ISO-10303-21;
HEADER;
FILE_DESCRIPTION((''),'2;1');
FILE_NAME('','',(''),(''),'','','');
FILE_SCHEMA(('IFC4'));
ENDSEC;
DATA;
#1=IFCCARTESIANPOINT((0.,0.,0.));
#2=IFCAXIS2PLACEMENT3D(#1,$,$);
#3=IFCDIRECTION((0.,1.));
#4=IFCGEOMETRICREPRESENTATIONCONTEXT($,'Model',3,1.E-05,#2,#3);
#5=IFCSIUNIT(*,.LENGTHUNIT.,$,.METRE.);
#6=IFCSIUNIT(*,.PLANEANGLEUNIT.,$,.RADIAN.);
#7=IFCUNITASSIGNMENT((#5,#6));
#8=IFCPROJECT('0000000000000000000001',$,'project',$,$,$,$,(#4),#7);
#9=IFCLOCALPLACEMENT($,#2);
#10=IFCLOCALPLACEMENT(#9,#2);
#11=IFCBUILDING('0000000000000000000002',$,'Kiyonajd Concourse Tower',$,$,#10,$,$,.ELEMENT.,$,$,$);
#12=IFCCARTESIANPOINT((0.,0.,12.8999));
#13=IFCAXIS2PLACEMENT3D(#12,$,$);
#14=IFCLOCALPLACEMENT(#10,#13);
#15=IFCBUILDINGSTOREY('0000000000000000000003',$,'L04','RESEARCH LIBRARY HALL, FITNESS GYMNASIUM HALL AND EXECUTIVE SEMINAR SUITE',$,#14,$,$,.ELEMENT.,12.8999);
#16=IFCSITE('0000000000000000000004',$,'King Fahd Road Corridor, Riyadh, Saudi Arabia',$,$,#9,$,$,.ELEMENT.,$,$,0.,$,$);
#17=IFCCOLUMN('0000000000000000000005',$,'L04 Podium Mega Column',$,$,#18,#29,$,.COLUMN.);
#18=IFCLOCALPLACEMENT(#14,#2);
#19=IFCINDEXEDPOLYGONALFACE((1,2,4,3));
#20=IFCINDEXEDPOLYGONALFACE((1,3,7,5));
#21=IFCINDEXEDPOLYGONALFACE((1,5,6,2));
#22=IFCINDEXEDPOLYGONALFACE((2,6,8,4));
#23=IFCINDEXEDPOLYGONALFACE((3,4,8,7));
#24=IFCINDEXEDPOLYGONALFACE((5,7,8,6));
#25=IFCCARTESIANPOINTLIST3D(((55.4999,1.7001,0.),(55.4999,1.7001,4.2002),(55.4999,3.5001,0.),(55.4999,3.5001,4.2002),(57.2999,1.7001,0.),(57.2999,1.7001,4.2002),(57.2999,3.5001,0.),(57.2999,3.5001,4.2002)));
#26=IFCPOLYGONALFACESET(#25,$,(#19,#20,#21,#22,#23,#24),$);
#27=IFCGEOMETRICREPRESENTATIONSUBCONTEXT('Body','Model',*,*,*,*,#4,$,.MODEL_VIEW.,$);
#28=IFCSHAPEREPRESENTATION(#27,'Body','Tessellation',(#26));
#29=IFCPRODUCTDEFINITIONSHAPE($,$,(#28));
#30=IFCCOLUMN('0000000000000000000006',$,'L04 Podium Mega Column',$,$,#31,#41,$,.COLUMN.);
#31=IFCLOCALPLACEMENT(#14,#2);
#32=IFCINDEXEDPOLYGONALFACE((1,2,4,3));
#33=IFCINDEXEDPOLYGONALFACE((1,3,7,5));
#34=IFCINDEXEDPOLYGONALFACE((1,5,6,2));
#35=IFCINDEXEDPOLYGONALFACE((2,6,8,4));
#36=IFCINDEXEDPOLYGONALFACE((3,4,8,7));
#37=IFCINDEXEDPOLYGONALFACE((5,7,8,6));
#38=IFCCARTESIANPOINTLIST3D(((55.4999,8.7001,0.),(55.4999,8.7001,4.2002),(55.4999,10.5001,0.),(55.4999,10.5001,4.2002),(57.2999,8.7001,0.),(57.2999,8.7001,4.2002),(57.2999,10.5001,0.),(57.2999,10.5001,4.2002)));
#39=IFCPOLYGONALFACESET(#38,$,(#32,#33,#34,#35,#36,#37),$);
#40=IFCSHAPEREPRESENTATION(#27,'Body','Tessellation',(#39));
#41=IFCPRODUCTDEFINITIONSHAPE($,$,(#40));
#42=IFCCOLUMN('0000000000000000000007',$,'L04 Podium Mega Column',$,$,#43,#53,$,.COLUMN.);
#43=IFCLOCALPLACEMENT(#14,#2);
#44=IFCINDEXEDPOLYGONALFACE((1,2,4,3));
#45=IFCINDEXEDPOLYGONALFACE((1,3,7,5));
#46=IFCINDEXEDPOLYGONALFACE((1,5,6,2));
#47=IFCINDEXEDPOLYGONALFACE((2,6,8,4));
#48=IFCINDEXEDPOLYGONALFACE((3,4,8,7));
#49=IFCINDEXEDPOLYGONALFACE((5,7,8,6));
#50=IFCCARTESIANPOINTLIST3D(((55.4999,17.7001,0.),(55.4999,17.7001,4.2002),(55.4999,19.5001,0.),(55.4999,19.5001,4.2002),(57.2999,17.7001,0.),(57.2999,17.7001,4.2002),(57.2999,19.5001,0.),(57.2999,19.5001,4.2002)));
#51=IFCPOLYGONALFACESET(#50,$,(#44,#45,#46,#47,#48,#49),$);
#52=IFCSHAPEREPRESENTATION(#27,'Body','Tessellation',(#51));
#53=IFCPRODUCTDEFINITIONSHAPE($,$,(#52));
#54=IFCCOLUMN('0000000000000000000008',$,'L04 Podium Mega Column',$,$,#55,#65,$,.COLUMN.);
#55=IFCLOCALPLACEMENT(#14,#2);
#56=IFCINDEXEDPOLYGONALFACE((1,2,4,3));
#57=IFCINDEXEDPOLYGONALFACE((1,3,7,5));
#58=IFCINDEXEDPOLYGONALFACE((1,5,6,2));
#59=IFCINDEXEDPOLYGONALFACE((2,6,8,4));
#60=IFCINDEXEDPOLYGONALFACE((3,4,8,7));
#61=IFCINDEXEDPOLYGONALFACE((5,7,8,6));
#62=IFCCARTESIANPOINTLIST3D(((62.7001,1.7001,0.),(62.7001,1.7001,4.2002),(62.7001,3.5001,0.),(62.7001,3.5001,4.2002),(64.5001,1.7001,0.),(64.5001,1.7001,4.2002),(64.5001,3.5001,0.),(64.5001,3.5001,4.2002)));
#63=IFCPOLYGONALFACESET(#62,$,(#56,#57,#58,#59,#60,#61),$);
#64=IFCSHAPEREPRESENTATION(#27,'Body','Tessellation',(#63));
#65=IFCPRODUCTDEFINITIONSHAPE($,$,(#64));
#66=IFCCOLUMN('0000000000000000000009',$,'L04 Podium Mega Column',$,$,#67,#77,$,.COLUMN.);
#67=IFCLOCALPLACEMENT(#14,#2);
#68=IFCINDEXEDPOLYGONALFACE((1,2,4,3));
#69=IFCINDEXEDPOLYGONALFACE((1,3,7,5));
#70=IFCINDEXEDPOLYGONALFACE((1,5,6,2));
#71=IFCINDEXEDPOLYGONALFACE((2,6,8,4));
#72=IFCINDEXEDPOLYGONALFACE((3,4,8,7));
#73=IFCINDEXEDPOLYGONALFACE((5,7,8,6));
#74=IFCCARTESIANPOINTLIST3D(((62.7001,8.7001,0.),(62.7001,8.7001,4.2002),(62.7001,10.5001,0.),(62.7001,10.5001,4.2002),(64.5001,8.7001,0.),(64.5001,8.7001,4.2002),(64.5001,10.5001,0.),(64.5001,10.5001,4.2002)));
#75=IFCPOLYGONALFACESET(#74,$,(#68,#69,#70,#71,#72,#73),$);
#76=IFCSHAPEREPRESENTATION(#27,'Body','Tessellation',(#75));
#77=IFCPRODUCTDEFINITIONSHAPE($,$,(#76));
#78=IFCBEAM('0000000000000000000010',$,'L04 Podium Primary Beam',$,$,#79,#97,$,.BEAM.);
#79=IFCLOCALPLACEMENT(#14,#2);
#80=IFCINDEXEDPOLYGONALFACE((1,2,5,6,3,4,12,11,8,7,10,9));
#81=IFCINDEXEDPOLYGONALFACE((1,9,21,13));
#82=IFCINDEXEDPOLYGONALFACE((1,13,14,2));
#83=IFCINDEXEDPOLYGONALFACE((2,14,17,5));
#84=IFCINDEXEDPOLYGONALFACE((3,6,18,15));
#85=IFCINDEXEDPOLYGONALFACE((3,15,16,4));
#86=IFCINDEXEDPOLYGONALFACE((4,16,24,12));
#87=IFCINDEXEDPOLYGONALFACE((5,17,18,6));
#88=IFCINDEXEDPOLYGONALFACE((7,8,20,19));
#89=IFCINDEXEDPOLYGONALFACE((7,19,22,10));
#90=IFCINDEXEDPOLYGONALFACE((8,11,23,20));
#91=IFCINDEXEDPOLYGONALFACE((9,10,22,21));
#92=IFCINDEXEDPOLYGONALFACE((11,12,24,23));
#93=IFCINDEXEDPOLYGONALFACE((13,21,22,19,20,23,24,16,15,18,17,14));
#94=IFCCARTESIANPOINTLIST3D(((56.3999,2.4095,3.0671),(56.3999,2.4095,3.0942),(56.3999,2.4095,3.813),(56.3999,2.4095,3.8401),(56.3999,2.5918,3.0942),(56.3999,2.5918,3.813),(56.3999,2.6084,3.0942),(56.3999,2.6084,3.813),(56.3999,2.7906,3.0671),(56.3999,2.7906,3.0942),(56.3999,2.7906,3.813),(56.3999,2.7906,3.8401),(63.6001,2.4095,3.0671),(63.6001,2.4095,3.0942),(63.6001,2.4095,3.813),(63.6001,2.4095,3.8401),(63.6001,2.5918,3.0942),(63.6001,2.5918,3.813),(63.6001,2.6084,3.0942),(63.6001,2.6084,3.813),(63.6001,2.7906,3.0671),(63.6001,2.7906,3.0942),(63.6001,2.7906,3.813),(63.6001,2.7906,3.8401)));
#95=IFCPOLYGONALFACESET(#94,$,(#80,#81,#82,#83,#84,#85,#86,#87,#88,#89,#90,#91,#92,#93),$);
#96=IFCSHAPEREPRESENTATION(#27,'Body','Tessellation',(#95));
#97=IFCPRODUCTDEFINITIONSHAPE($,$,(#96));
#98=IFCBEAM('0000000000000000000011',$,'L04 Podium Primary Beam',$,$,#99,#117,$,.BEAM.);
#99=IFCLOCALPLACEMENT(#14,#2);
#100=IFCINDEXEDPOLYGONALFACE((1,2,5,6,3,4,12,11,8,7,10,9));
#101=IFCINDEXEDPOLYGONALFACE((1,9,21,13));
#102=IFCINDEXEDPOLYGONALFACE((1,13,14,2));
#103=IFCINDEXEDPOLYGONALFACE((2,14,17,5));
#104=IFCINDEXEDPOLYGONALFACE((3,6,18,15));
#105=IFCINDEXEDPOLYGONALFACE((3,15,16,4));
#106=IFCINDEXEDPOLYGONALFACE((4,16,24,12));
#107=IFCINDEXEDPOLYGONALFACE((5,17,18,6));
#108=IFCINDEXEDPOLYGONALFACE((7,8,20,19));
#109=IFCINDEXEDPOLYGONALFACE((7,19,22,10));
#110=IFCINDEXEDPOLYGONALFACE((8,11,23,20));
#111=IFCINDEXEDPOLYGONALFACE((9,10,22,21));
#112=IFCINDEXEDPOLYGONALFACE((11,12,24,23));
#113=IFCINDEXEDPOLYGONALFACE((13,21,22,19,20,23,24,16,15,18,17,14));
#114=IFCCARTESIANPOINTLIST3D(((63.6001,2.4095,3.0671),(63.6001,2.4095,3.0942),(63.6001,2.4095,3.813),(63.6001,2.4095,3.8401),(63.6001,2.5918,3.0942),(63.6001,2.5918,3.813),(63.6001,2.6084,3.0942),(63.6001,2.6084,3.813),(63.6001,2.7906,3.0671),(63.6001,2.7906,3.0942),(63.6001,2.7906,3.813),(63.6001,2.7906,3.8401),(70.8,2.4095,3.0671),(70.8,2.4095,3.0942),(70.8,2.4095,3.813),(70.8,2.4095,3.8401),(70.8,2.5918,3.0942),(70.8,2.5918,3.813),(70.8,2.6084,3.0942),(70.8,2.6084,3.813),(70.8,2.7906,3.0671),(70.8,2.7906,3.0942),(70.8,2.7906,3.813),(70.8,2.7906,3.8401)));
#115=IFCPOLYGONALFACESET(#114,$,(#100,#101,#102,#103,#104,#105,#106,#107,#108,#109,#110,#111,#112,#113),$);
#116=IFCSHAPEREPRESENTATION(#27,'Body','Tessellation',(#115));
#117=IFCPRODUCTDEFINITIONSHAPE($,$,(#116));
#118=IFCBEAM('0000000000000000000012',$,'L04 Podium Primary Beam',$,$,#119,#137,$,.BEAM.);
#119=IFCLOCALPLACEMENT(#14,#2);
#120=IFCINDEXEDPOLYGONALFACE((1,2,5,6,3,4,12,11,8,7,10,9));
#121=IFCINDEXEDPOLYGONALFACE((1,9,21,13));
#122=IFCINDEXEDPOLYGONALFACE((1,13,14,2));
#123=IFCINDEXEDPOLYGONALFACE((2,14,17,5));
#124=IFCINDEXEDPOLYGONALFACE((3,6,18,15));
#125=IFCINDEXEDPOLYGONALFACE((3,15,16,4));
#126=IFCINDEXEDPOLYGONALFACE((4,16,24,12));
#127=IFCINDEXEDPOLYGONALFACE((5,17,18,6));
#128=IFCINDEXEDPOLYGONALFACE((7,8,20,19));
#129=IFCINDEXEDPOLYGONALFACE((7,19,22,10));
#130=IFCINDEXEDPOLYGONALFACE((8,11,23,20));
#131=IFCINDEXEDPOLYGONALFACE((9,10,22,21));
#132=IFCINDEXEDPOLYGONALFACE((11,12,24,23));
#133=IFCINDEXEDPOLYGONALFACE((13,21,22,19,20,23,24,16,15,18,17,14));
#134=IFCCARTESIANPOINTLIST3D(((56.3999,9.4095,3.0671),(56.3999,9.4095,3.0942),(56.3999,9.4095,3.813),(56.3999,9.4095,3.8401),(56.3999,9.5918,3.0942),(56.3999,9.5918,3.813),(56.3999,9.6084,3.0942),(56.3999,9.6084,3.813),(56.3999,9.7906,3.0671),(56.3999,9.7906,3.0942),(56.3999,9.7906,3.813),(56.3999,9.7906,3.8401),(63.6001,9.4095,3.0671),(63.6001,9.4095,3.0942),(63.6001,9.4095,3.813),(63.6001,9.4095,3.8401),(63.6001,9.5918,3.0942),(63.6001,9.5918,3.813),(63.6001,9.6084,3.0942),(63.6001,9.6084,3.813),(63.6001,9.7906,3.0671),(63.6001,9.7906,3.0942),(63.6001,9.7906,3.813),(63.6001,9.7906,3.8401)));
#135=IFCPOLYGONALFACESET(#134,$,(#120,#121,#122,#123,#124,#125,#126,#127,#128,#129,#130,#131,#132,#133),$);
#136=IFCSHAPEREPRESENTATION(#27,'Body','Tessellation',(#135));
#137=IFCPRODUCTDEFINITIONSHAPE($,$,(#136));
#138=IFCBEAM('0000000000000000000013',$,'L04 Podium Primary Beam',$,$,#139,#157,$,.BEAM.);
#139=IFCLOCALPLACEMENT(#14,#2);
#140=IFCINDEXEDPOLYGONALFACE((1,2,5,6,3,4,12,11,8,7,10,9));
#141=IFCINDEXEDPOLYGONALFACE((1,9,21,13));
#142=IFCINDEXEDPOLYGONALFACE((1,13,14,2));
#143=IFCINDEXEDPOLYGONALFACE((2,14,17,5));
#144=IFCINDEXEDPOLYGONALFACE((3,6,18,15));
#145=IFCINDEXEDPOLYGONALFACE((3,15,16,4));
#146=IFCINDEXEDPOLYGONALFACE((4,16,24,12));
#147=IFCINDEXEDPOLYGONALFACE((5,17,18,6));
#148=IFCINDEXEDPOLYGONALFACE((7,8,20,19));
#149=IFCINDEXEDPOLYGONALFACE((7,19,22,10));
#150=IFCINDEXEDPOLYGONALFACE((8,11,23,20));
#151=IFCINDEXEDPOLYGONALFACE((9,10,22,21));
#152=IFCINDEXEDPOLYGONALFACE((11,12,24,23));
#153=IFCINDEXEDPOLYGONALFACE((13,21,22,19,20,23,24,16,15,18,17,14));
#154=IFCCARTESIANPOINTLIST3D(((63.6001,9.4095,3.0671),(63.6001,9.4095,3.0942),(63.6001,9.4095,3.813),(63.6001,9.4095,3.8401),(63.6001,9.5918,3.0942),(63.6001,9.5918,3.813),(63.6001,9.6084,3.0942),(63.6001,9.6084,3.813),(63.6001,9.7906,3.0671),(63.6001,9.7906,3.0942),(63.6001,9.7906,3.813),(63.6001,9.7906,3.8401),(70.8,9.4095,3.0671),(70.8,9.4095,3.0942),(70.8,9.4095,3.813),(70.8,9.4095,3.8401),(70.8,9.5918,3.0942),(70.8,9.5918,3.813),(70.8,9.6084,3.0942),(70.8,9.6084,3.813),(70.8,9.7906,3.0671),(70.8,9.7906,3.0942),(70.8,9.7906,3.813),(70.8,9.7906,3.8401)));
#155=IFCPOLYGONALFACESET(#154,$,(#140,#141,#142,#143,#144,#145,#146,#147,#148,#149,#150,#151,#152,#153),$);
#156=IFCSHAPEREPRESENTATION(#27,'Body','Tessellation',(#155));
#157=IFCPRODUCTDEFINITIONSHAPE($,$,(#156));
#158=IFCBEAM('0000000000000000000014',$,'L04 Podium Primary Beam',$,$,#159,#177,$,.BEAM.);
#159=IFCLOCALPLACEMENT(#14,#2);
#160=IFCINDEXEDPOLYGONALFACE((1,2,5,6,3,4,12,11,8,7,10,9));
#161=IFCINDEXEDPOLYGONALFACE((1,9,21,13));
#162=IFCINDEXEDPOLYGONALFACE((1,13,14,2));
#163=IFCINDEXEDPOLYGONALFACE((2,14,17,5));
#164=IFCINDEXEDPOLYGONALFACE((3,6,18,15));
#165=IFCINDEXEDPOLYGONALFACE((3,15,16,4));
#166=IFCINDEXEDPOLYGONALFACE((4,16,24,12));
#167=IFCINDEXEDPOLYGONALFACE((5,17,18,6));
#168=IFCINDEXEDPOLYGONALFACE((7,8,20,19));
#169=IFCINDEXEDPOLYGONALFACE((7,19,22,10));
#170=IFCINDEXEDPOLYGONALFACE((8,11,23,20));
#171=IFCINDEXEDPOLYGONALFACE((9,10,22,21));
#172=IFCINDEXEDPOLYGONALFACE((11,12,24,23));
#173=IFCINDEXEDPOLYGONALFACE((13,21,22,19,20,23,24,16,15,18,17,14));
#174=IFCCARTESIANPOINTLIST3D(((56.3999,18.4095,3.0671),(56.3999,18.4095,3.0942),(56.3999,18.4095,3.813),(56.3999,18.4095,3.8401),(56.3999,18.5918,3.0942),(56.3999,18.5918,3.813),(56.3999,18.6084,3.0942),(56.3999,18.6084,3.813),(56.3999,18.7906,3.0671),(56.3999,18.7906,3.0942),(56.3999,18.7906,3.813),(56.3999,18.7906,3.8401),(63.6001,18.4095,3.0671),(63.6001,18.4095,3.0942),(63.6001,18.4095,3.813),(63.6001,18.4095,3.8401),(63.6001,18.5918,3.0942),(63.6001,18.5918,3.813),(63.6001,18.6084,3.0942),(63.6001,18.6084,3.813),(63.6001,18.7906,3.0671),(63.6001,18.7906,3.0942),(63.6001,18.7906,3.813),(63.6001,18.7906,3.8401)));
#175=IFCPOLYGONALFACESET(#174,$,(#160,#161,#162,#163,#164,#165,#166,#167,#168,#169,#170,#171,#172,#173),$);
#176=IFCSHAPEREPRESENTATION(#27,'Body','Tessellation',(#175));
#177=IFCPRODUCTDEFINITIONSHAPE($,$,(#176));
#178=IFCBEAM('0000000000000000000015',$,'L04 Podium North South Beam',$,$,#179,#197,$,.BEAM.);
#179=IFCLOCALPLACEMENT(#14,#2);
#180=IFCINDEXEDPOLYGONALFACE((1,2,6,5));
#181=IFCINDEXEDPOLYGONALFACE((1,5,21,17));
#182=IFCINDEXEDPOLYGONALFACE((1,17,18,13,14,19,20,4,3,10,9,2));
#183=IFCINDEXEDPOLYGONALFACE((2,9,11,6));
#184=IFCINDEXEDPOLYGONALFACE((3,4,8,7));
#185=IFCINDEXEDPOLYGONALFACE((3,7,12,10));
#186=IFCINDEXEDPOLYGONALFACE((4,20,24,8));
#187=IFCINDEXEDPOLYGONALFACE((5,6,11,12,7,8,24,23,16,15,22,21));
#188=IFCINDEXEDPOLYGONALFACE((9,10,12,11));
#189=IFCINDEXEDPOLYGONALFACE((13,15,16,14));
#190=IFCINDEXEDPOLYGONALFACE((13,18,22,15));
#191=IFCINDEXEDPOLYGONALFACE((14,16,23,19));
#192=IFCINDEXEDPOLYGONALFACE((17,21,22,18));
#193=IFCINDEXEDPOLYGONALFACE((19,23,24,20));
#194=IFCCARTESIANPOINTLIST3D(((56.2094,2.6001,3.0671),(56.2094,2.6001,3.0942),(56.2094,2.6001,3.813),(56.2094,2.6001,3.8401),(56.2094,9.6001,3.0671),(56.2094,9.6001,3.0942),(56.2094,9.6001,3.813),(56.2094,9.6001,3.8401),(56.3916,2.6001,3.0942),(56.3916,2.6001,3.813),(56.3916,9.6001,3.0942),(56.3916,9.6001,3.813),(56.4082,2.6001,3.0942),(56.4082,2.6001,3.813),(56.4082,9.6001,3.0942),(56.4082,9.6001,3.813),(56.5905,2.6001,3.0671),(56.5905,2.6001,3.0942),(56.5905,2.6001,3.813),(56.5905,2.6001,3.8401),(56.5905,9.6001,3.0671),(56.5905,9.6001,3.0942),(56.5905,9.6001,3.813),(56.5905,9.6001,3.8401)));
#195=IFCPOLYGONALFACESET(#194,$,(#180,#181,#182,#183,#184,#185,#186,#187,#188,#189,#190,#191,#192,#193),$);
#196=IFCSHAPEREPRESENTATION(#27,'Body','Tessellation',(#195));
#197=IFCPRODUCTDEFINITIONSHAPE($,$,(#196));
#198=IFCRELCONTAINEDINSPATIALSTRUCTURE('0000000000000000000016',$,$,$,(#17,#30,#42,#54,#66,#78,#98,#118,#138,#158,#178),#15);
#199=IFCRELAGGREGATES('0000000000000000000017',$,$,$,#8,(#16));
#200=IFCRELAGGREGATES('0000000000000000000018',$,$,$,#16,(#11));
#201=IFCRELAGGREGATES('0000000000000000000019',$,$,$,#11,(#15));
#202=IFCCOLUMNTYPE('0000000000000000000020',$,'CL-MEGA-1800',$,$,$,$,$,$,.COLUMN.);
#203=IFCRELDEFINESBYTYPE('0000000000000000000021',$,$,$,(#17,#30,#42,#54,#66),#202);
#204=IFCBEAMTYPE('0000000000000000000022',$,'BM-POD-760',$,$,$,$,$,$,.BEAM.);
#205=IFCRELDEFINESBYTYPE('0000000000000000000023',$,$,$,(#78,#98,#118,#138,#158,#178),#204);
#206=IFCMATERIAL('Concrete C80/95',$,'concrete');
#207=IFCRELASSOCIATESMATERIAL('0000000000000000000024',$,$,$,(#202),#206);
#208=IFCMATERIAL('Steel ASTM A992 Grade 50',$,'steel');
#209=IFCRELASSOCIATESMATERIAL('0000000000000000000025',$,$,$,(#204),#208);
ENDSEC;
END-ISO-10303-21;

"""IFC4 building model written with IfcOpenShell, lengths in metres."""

from ifc_helpers import new_model, si_unit, direction, frame, origin, origin_2d, place, context, subcontext, project, spatial, rectangle, i_section, extrude, material, material_profile, profile_set, type_object, element, save


model = new_model("IFC4")

# Units and contexts
model_context = context("Model", 3, precision=1e-05, world=origin(), true_north=direction((0.0, 1.0)))
body_context = subcontext(model_context, "Body", "Model", "MODEL_VIEW")
ifc_project = project(units=[si_unit("LENGTHUNIT", "METRE"), si_unit("PLANEANGLEUNIT", "RADIAN")], contexts=[model_context])

# Site, building, storey
site_placement = place(None, origin())
site = spatial("IfcSite", under=ifc_project, at=site_placement, Name="King Fahd Road Corridor, Riyadh, Saudi Arabia", CompositionType="ELEMENT", RefElevation=0.0)
building_placement = place(site_placement, origin())
building = spatial("IfcBuilding", under=site, at=building_placement, Name="Kiyonajd Concourse Tower", CompositionType="ELEMENT")
storey_placement = place(building_placement, frame((0.0, 0.0, 12.8999)))
storey = spatial("IfcBuildingStorey", under=building, at=storey_placement, Name="L04", Description="RESEARCH LIBRARY HALL, FITNESS GYMNASIUM HALL AND EXECUTIVE SEMINAR SUITE", CompositionType="ELEMENT", Elevation=12.8999)

# Columns
ifc_material_1 = material(Name="Concrete C80/95", Category="concrete")
ifc_material_profile_1 = material_profile(ifc_material_1, rectangle(XDim=1.8, YDim=1.8, at=origin_2d()), Name="RC-1800x1800")
ifc_profile_set_1 = profile_set([ifc_material_profile_1], Name="Concrete C80/95")
column_type = type_object("IfcColumnType", Name="CL-MEGA-1800", PredefinedType="COLUMN", material=ifc_profile_set_1)
for number, where, z_axis, x_axis, name in (
    (1, (56.3999, 2.6001, 0.0), (0.0, 0.0, 1.0), (1.0, 0.0, 0.0), "L04 Podium Mega Column"),
    (2, (56.3999, 9.6001, 0.0), (0.0, 0.0, 1.0), (1.0, 0.0, 0.0), "L04 Podium Mega Column"),
    (3, (56.3999, 18.6001, 0.0), (0.0, 0.0, 1.0), (1.0, 0.0, 0.0), "L04 Podium Mega Column"),
    (4, (63.6001, 2.6001, 0.0), (0.0, 0.0, 1.0), (1.0, 0.0, 0.0), "L04 Podium Mega Column"),
    (5, (63.6001, 9.6001, 0.0), (0.0, 0.0, 1.0), (1.0, 0.0, 0.0), "L04 Podium Mega Column"),
):
    element("IfcColumn", number, at=place(storey_placement, frame(where, z_axis=z_axis, x_axis=x_axis)), inside=storey, type_object=column_type, Name=name, PredefinedType="COLUMN", context=body_context, shape_type="SweptSolid", body=[
        extrude(rectangle(XDim=1.8, YDim=1.8, at=origin_2d()), origin(), (0.0, 0.0, 1.0), 4.2002),
    ])

# Beams
ifc_material_2 = material(Name="Steel ASTM A992 Grade 50", Category="steel")
ifc_material_profile_2 = material_profile(ifc_material_2, i_section(OverallWidth=0.3811, OverallDepth=0.7729, WebThickness=0.0166, FlangeThickness=0.0271, at=origin_2d()), Name="W760X257")
ifc_profile_set_2 = profile_set([ifc_material_profile_2], Name="Steel ASTM A992 Grade 50")
beam_type = type_object("IfcBeamType", Name="BM-POD-760", PredefinedType="BEAM", material=ifc_profile_set_2)
beam_1_placement = place(storey_placement, frame((56.3999, 2.6001, 3.4536), z_axis=(1.0, 0.0, 0.0), x_axis=(0.0, 1.0, 0.0)))
element("IfcBeam", 6, at=beam_1_placement, inside=storey, type_object=beam_type, Name="L04 Podium Primary Beam", PredefinedType="BEAM", context=body_context, shape_type="SweptSolid", body=[
    extrude(i_section(OverallWidth=0.3811, OverallDepth=0.7729, WebThickness=0.0166, FlangeThickness=0.0271, at=origin_2d()), origin(), (0.0, 0.0, 1.0), 7.2002),
])
beam_2_placement = place(storey_placement, frame((63.6001, 2.6001, 3.4536), z_axis=(1.0, 0.0, 0.0), x_axis=(0.0, 1.0, 0.0)))
element("IfcBeam", 7, at=beam_2_placement, inside=storey, type_object=beam_type, Name="L04 Podium Primary Beam", PredefinedType="BEAM", context=body_context, shape_type="SweptSolid", body=[
    extrude(i_section(OverallWidth=0.3811, OverallDepth=0.7729, WebThickness=0.0166, FlangeThickness=0.0271, at=origin_2d()), origin(), (0.0, 0.0, 1.0), 7.2),
])
beam_3_placement = place(storey_placement, frame((56.3999, 9.6001, 3.4536), z_axis=(1.0, 0.0, 0.0), x_axis=(0.0, 1.0, 0.0)))
element("IfcBeam", 8, at=beam_3_placement, inside=storey, type_object=beam_type, Name="L04 Podium Primary Beam", PredefinedType="BEAM", context=body_context, shape_type="SweptSolid", body=[
    extrude(i_section(OverallWidth=0.3811, OverallDepth=0.7729, WebThickness=0.0166, FlangeThickness=0.0271, at=origin_2d()), origin(), (0.0, 0.0, 1.0), 7.2002),
])
beam_4_placement = place(storey_placement, frame((63.6001, 9.6001, 3.4536), z_axis=(1.0, 0.0, 0.0), x_axis=(0.0, 1.0, 0.0)))
element("IfcBeam", 9, at=beam_4_placement, inside=storey, type_object=beam_type, Name="L04 Podium Primary Beam", PredefinedType="BEAM", context=body_context, shape_type="SweptSolid", body=[
    extrude(i_section(OverallWidth=0.3811, OverallDepth=0.7729, WebThickness=0.0166, FlangeThickness=0.0271, at=origin_2d()), origin(), (0.0, 0.0, 1.0), 7.2),
])
beam_5_placement = place(storey_placement, frame((56.3999, 18.6001, 3.4536), z_axis=(1.0, 0.0, 0.0), x_axis=(0.0, 1.0, 0.0)))
element("IfcBeam", 10, at=beam_5_placement, inside=storey, type_object=beam_type, Name="L04 Podium Primary Beam", PredefinedType="BEAM", context=body_context, shape_type="SweptSolid", body=[
    extrude(i_section(OverallWidth=0.3811, OverallDepth=0.7729, WebThickness=0.0166, FlangeThickness=0.0271, at=origin_2d()), origin(), (0.0, 0.0, 1.0), 7.2002),
])
beam_6_placement = place(storey_placement, frame((56.3999, 2.6001, 3.4536), z_axis=(0.0, 1.0, 0.0), x_axis=(-1.0, 0.0, 0.0)))
element("IfcBeam", 11, at=beam_6_placement, inside=storey, type_object=beam_type, Name="L04 Podium North South Beam", PredefinedType="BEAM", context=body_context, shape_type="SweptSolid", body=[
    extrude(i_section(OverallWidth=0.3811, OverallDepth=0.7729, WebThickness=0.0166, FlangeThickness=0.0271, at=origin_2d()), origin(), (0.0, 0.0, 1.0), 7.0),
])

save(model, "model.ifc")
